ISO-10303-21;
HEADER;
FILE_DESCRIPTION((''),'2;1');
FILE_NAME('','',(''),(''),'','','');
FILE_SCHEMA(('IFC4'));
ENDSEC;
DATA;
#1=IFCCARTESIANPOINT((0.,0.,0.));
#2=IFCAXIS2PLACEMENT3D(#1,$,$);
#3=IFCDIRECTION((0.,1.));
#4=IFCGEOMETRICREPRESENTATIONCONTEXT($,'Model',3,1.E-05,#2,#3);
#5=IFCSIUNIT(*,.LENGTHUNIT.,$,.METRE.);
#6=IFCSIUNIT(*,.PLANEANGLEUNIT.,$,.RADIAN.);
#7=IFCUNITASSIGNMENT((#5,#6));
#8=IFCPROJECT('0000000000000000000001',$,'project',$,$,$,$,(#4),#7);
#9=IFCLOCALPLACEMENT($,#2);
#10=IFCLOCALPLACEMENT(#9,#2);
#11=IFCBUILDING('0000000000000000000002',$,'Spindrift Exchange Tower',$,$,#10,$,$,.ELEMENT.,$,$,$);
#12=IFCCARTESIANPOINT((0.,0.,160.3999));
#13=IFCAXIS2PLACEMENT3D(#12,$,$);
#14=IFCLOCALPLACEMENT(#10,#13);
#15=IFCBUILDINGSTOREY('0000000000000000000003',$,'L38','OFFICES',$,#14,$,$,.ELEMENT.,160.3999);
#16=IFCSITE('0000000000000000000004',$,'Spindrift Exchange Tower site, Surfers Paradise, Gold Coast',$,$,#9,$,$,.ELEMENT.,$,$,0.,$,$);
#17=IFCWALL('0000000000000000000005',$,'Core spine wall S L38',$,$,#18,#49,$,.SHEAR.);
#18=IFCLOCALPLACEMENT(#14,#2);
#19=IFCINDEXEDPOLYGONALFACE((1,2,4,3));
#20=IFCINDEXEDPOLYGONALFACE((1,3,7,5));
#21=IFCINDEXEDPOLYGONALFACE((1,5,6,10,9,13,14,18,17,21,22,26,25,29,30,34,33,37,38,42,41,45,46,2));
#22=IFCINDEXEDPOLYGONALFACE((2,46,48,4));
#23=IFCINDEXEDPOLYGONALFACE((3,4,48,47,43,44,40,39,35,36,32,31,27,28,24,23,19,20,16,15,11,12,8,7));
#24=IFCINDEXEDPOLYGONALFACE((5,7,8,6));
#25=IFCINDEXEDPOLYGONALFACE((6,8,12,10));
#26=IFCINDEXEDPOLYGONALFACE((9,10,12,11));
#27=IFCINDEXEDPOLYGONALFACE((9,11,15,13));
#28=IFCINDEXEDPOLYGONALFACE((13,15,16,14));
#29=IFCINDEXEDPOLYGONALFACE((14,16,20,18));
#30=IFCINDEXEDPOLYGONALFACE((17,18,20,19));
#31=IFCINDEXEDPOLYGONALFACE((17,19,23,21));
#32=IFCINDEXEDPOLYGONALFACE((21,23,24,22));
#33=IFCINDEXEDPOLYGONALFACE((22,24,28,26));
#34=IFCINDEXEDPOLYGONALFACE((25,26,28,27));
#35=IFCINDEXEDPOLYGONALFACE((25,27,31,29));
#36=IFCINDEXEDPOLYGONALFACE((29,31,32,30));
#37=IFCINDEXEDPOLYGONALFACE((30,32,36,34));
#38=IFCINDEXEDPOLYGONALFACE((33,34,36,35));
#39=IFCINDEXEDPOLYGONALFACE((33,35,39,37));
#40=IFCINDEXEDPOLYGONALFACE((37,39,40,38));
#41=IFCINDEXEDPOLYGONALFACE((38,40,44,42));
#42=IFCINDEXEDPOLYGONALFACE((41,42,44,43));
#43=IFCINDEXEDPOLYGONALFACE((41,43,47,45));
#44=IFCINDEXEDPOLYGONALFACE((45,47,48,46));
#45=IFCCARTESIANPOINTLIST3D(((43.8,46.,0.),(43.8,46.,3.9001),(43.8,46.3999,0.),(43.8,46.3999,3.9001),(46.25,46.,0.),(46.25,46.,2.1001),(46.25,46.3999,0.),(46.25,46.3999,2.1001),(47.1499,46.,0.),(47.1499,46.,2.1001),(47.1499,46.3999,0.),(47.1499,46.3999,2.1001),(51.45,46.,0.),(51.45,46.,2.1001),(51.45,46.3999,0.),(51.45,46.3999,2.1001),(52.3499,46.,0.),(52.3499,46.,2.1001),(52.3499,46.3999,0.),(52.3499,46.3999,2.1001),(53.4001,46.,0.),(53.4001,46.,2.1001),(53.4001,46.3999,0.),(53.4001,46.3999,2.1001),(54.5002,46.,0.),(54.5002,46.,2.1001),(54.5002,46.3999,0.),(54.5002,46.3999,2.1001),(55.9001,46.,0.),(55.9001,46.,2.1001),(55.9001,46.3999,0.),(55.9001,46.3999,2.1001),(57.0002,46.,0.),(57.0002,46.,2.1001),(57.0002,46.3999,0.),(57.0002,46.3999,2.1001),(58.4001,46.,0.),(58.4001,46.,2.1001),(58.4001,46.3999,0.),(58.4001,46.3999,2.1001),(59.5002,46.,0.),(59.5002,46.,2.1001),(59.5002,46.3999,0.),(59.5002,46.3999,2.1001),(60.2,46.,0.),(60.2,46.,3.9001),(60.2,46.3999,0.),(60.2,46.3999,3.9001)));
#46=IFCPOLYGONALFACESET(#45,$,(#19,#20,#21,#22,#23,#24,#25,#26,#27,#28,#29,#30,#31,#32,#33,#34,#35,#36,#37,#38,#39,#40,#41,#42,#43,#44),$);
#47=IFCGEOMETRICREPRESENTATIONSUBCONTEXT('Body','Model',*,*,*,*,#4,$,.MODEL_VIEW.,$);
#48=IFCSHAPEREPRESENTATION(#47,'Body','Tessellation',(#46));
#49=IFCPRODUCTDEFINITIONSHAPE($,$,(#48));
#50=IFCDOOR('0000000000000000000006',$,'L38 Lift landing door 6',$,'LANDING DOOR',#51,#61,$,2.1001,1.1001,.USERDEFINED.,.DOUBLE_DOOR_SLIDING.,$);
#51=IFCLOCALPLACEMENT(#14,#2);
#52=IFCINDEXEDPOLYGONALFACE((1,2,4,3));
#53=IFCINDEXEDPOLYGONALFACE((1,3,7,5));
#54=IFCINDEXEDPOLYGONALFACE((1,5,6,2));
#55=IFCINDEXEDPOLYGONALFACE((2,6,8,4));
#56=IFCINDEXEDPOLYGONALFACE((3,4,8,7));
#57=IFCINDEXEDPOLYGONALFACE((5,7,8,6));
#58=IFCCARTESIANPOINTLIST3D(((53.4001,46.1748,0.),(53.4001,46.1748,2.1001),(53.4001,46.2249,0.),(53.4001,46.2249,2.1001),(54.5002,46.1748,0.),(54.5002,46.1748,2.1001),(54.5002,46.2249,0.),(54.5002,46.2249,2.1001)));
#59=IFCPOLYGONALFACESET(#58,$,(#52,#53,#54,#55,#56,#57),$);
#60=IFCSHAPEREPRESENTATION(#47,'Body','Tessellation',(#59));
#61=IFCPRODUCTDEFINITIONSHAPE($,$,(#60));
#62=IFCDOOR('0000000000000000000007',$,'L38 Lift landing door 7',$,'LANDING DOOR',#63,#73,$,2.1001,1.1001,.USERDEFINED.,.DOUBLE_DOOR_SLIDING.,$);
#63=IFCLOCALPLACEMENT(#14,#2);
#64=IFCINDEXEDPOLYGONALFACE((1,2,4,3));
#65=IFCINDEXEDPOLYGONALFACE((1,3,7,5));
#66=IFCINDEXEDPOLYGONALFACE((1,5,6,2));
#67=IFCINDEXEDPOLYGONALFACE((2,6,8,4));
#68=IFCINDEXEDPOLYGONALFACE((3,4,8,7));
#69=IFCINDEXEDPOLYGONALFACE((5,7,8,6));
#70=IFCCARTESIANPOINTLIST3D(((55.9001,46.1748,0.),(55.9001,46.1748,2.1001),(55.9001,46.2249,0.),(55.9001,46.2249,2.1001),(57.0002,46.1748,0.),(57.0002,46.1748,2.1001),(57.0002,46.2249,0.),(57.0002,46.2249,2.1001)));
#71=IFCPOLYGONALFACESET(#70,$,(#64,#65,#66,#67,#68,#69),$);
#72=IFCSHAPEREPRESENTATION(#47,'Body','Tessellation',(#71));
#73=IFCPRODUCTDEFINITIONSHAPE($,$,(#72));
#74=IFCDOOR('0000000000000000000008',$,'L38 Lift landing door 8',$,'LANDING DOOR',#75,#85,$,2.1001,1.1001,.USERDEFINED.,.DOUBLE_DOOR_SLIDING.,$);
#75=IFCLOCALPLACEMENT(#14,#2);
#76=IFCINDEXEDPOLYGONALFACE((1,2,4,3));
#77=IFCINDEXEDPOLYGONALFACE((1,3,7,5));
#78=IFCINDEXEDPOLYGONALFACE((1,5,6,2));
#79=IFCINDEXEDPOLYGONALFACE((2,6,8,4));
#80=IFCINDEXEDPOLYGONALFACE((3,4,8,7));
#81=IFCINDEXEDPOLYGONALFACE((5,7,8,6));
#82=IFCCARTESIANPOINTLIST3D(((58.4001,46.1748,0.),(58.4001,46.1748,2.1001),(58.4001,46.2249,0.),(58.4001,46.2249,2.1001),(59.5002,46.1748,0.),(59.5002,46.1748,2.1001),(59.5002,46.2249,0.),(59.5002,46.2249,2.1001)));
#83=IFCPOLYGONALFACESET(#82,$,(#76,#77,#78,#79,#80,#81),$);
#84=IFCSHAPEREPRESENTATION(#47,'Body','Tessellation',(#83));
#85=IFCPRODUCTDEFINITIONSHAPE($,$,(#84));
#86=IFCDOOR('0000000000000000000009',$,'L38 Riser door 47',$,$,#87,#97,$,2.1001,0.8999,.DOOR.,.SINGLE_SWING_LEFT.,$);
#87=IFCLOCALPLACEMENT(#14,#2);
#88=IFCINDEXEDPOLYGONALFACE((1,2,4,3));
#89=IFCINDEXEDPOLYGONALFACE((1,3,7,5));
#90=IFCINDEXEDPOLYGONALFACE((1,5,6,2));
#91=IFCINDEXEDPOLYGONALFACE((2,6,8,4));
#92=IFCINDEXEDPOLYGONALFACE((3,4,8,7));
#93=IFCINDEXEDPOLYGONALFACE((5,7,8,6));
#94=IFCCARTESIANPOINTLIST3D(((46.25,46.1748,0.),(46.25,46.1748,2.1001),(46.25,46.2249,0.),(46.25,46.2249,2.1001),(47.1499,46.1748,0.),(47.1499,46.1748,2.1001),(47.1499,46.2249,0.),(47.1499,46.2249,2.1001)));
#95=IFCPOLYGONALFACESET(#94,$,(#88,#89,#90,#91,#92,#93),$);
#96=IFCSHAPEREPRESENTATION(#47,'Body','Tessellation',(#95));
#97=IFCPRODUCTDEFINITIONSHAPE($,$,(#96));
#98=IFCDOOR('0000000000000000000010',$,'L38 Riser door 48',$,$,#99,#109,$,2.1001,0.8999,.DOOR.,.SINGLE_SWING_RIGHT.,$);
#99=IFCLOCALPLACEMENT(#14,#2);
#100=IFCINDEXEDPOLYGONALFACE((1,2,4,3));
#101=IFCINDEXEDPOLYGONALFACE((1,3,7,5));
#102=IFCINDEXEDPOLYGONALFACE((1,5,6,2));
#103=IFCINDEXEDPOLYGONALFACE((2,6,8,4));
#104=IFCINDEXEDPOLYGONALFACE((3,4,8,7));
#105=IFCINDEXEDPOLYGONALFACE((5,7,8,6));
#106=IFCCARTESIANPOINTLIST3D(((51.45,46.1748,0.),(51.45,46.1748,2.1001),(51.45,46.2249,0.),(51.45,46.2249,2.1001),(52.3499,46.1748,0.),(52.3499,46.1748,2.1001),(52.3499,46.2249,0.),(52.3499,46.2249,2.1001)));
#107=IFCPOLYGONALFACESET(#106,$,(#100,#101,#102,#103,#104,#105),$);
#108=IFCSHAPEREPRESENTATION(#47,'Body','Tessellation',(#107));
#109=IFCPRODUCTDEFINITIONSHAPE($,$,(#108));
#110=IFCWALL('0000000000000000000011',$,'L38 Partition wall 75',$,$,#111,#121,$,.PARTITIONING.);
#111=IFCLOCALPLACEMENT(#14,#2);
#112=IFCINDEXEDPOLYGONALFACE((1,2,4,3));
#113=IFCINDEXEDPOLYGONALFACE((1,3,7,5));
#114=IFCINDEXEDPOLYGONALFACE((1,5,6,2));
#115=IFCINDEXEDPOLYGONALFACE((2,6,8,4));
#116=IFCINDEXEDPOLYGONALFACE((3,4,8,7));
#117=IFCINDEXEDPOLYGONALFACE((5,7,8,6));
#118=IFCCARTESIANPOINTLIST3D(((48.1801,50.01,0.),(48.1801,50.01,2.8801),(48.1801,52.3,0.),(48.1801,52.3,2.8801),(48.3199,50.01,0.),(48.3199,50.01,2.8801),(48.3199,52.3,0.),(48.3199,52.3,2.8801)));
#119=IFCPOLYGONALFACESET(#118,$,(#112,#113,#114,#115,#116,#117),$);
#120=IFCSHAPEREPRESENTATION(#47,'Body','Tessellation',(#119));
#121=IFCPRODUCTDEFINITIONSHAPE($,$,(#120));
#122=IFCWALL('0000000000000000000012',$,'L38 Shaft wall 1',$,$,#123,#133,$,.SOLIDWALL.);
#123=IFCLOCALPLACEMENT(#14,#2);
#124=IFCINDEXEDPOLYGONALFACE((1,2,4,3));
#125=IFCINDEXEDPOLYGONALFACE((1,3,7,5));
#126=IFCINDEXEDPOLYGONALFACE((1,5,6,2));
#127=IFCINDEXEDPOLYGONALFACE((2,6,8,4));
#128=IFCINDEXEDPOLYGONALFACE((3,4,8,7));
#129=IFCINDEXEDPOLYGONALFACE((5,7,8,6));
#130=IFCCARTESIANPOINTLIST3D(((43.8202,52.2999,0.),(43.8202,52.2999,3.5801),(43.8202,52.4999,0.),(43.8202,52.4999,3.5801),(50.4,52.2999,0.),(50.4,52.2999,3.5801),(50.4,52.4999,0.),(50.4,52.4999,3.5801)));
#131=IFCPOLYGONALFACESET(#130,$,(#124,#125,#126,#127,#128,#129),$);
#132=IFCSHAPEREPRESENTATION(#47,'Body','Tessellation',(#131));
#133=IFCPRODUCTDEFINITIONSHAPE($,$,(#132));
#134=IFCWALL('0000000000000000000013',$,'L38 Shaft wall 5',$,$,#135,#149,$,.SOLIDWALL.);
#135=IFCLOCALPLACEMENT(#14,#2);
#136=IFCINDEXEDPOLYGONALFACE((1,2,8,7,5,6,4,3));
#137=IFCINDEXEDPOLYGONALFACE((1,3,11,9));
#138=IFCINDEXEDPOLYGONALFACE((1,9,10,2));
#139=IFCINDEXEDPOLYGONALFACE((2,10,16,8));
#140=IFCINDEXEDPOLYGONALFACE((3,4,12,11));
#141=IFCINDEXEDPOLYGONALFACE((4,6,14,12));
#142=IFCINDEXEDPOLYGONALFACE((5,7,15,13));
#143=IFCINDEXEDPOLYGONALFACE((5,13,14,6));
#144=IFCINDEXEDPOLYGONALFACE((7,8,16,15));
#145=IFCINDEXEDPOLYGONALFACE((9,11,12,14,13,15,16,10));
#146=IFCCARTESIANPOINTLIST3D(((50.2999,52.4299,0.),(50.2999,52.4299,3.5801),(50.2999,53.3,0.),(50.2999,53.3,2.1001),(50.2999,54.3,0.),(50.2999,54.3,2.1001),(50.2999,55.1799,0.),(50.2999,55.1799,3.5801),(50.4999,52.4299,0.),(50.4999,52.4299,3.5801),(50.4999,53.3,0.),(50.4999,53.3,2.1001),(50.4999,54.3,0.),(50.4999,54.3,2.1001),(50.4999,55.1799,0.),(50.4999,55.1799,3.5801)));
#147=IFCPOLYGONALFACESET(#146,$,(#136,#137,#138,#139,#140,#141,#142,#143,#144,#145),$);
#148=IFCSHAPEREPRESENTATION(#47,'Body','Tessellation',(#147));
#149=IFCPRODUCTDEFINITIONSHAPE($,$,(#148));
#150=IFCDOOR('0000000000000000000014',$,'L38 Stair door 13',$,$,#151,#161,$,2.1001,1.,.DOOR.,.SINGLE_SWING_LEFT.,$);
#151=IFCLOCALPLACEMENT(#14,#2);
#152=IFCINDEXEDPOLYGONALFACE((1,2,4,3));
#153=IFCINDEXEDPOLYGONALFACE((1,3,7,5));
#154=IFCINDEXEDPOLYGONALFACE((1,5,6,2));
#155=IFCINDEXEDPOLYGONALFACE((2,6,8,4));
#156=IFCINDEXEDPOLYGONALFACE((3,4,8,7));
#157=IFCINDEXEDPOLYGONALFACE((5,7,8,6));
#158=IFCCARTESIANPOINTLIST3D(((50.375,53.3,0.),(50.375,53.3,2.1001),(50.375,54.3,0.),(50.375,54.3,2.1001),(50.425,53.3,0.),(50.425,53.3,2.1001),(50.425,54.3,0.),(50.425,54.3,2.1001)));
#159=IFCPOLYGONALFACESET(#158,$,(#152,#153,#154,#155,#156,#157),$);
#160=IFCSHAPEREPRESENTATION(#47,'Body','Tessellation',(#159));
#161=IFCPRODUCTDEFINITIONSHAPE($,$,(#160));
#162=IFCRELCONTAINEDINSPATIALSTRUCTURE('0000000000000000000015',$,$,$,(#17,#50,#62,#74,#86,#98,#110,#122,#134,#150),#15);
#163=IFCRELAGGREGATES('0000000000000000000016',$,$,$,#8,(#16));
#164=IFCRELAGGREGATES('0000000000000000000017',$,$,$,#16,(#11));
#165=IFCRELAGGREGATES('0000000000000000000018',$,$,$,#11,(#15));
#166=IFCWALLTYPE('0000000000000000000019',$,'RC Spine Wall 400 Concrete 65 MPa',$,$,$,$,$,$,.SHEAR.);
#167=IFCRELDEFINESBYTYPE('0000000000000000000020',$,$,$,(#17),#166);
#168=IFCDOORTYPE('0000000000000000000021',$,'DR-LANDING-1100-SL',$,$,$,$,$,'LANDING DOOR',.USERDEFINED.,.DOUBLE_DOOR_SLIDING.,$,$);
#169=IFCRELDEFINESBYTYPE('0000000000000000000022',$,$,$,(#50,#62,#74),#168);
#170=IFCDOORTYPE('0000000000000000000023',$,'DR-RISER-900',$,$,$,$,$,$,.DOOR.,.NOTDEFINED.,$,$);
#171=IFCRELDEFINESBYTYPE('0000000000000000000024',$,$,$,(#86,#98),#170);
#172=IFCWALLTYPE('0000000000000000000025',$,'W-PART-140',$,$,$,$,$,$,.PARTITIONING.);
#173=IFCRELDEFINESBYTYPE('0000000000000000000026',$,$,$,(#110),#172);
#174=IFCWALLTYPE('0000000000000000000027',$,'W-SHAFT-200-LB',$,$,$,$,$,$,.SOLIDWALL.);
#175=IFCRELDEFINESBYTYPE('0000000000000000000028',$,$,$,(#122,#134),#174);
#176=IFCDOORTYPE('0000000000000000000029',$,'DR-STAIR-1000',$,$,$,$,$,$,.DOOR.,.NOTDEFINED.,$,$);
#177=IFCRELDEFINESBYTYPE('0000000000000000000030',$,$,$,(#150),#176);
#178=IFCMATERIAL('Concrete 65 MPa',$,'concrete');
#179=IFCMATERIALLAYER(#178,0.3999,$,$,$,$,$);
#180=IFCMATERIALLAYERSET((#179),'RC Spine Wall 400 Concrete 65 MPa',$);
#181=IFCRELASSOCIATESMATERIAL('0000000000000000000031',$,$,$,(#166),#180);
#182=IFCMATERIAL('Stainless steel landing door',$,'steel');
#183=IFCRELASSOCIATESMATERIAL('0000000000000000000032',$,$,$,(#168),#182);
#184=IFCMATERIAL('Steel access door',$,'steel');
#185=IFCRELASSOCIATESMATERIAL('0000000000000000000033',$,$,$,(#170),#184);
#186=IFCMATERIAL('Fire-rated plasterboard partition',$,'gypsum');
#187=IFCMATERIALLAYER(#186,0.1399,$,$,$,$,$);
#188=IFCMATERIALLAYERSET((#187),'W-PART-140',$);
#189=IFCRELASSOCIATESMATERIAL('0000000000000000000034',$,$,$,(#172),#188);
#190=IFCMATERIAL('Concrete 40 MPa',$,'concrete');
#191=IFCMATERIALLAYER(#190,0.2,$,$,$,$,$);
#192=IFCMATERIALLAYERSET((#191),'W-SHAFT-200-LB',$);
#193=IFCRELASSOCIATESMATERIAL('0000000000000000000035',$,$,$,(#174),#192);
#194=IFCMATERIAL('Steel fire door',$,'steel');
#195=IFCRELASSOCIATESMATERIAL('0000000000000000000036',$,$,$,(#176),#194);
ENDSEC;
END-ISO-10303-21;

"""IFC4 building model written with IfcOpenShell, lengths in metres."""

from ifc_helpers import new_model, si_unit, direction, frame, frame_2d, origin, place, context, subcontext, project, spatial, rectangle, extrude, source, transform, mapped, material, layer, layer_set, type_object, element, fill, save


model = new_model("IFC4")

# Units and contexts
model_context = context("Model", 3, precision=1e-05, world=origin(), true_north=direction((0.0, 1.0)))
body_context = subcontext(model_context, "Body", "Model", "MODEL_VIEW")
ifc_project = project(units=[si_unit("LENGTHUNIT", "METRE"), si_unit("PLANEANGLEUNIT", "RADIAN")], contexts=[model_context])

# Site, building, storey
site_placement = place(None, origin())
site = spatial("IfcSite", under=ifc_project, at=site_placement, Name="Spindrift Exchange Tower site, Surfers Paradise, Gold Coast", CompositionType="ELEMENT", RefElevation=0.0)
building_placement = place(site_placement, origin())
building = spatial("IfcBuilding", under=site, at=building_placement, Name="Spindrift Exchange Tower", CompositionType="ELEMENT")
storey_placement = place(building_placement, frame((0.0, 0.0, 160.3999)))
storey = spatial("IfcBuildingStorey", under=building, at=storey_placement, Name="L38", Description="OFFICES", CompositionType="ELEMENT", Elevation=160.3999)

# Wall, openings, doors
ifc_material_1 = material(Name="Concrete 65 MPa", Category="concrete")
ifc_layer_1 = layer(ifc_material_1, 0.3999)
ifc_layer_set_1 = layer_set([ifc_layer_1], Name="RC Spine Wall 400 Concrete 65 MPa")
wall_type_1 = type_object("IfcWallType", Name="RC Spine Wall 400 Concrete 65 MPa", PredefinedType="SHEAR", material=ifc_layer_set_1)
ifc_material_2 = material(Name="Stainless steel landing door", Category="steel")
door_type_1 = type_object("IfcDoorType", Name="DR-LANDING-1100-SL", ElementType="LANDING DOOR", OperationType="DOUBLE_DOOR_SLIDING", PredefinedType="USERDEFINED", material=ifc_material_2)
shared_shape_1 = source(origin(), body_context, "Body", "SweptSolid", [
    extrude(rectangle(XDim=1.1001, YDim=2.1001, at=frame_2d((0.55, 1.05))), frame((0.0, 0.0249, 0.0), z_axis=(0.0, -1.0, 0.0), x_axis=(1.0, 0.0, 0.0)), (0.0, 0.0, 1.0), 0.05),
])
ifc_material_3 = material(Name="Steel access door", Category="steel")
door_type_2 = type_object("IfcDoorType", Name="DR-RISER-900", OperationType="NOTDEFINED", PredefinedType="DOOR", material=ifc_material_3)
shared_shape_2 = source(origin(), body_context, "Body", "SweptSolid", [
    extrude(rectangle(XDim=0.8999, YDim=2.1001, at=frame_2d((0.45, 1.05))), frame((0.0, 0.0249, 0.0), z_axis=(0.0, -1.0, 0.0), x_axis=(1.0, 0.0, 0.0)), (0.0, 0.0, 1.0), 0.05),
])
wall_1_placement = place(storey_placement, frame((43.8, 46.2, 0.0), z_axis=(0.0, 0.0, 1.0), x_axis=(1.0, 0.0, 0.0)))
wall_1 = element("IfcWall", 1, at=wall_1_placement, inside=storey, type_object=wall_type_1, Name="Core spine wall S L38", PredefinedType="SHEAR", context=body_context, shape_type="SweptSolid", body=[
    extrude(rectangle(XDim=16.3999, YDim=0.3999, at=frame_2d((8.2, 0.0))), origin(), (0.0, 0.0, 1.0), 3.9001),
])
opening_1_placement = place(wall_1_placement, frame((9.6001, 0.0, 0.0)))
opening_1 = element("IfcOpeningElement", 2, at=opening_1_placement, cuts=wall_1, PredefinedType="OPENING", context=body_context, shape_type="SweptSolid", body=[
    extrude(rectangle(XDim=1.1001, YDim=2.1001, at=frame_2d((0.55, 1.05))), frame((0.0, 0.21, 0.0), z_axis=(0.0, -1.0, 0.0), x_axis=(1.0, 0.0, 0.0)), (0.0, 0.0, 1.0), 0.4199),
])
opening_2_placement = place(wall_1_placement, frame((12.1001, 0.0, 0.0)))
opening_2 = element("IfcOpeningElement", 3, at=opening_2_placement, cuts=wall_1, PredefinedType="OPENING", context=body_context, shape_type="SweptSolid", body=[
    extrude(rectangle(XDim=1.1001, YDim=2.1001, at=frame_2d((0.55, 1.05))), frame((0.0, 0.21, 0.0), z_axis=(0.0, -1.0, 0.0), x_axis=(1.0, 0.0, 0.0)), (0.0, 0.0, 1.0), 0.4199),
])
opening_3_placement = place(wall_1_placement, frame((14.6001, 0.0, 0.0)))
opening_3 = element("IfcOpeningElement", 4, at=opening_3_placement, cuts=wall_1, PredefinedType="OPENING", context=body_context, shape_type="SweptSolid", body=[
    extrude(rectangle(XDim=1.1001, YDim=2.1001, at=frame_2d((0.55, 1.05))), frame((0.0, 0.21, 0.0), z_axis=(0.0, -1.0, 0.0), x_axis=(1.0, 0.0, 0.0)), (0.0, 0.0, 1.0), 0.4199),
])
opening_4_placement = place(wall_1_placement, frame((2.45, 0.0, 0.0)))
opening_4 = element("IfcOpeningElement", 5, at=opening_4_placement, cuts=wall_1, PredefinedType="OPENING", context=body_context, shape_type="SweptSolid", body=[
    extrude(rectangle(XDim=0.8999, YDim=2.1001, at=frame_2d((0.45, 1.05))), frame((0.0, 0.21, 0.0), z_axis=(0.0, -1.0, 0.0), x_axis=(1.0, 0.0, 0.0)), (0.0, 0.0, 1.0), 0.4199),
])
opening_5_placement = place(wall_1_placement, frame((7.6499, 0.0, 0.0)))
opening_5 = element("IfcOpeningElement", 6, at=opening_5_placement, cuts=wall_1, PredefinedType="OPENING", context=body_context, shape_type="SweptSolid", body=[
    extrude(rectangle(XDim=0.8999, YDim=2.1001, at=frame_2d((0.45, 1.05))), frame((0.0, 0.21, 0.0), z_axis=(0.0, -1.0, 0.0), x_axis=(1.0, 0.0, 0.0)), (0.0, 0.0, 1.0), 0.4199),
])
door_1_placement = place(opening_1_placement, origin())
door_1 = element("IfcDoor", 7, at=door_1_placement, inside=storey, type_object=door_type_1, Name="L38 Lift landing door 6", ObjectType="LANDING DOOR", OperationType="DOUBLE_DOOR_SLIDING", OverallHeight=2.1001, OverallWidth=1.1001, PredefinedType="USERDEFINED", context=body_context, shape_type="MappedRepresentation", body=[
    mapped(shared_shape_1, transform((0.0, 0.0, 0.0), scale=1.0)),
])
fill(opening_1, door_1)
door_2_placement = place(opening_2_placement, origin())
door_2 = element("IfcDoor", 8, at=door_2_placement, inside=storey, type_object=door_type_1, Name="L38 Lift landing door 7", ObjectType="LANDING DOOR", OperationType="DOUBLE_DOOR_SLIDING", OverallHeight=2.1001, OverallWidth=1.1001, PredefinedType="USERDEFINED", context=body_context, shape_type="MappedRepresentation", body=[
    mapped(shared_shape_1, transform((0.0, 0.0, 0.0), scale=1.0)),
])
fill(opening_2, door_2)
door_3_placement = place(opening_3_placement, origin())
door_3 = element("IfcDoor", 9, at=door_3_placement, inside=storey, type_object=door_type_1, Name="L38 Lift landing door 8", ObjectType="LANDING DOOR", OperationType="DOUBLE_DOOR_SLIDING", OverallHeight=2.1001, OverallWidth=1.1001, PredefinedType="USERDEFINED", context=body_context, shape_type="MappedRepresentation", body=[
    mapped(shared_shape_1, transform((0.0, 0.0, 0.0), scale=1.0)),
])
fill(opening_3, door_3)
door_4_placement = place(opening_4_placement, origin())
door_4 = element("IfcDoor", 10, at=door_4_placement, inside=storey, type_object=door_type_2, Name="L38 Riser door 47", OperationType="SINGLE_SWING_LEFT", OverallHeight=2.1001, OverallWidth=0.8999, PredefinedType="DOOR", context=body_context, shape_type="MappedRepresentation", body=[
    mapped(shared_shape_2, transform((0.0, 0.0, 0.0), scale=1.0)),
])
fill(opening_4, door_4)
door_5_placement = place(opening_5_placement, origin())
door_5 = element("IfcDoor", 11, at=door_5_placement, inside=storey, type_object=door_type_2, Name="L38 Riser door 48", OperationType="SINGLE_SWING_RIGHT", OverallHeight=2.1001, OverallWidth=0.8999, PredefinedType="DOOR", context=body_context, shape_type="MappedRepresentation", body=[
    mapped(shared_shape_2, transform((0.0, 0.0, 0.0), scale=1.0)),
])
fill(opening_5, door_5)

# Walls
ifc_material_4 = material(Name="Fire-rated plasterboard partition", Category="gypsum")
ifc_layer_2 = layer(ifc_material_4, 0.1399)
ifc_layer_set_2 = layer_set([ifc_layer_2], Name="W-PART-140")
wall_type_2 = type_object("IfcWallType", Name="W-PART-140", PredefinedType="PARTITIONING", material=ifc_layer_set_2)
wall_2_placement = place(storey_placement, frame((48.25, 50.01, 0.0), z_axis=(0.0, 0.0, 1.0), x_axis=(0.0, 1.0, 0.0)))
element("IfcWall", 12, at=wall_2_placement, inside=storey, type_object=wall_type_2, Name="L38 Partition wall 75", PredefinedType="PARTITIONING", context=body_context, shape_type="SweptSolid", body=[
    extrude(rectangle(XDim=2.29, YDim=0.1399, at=frame_2d((1.145, 0.0))), origin(), (0.0, 0.0, 1.0), 2.8801),
])
ifc_material_5 = material(Name="Concrete 40 MPa", Category="concrete")
ifc_layer_3 = layer(ifc_material_5, 0.2)
ifc_layer_set_3 = layer_set([ifc_layer_3], Name="W-SHAFT-200-LB")
wall_type_3 = type_object("IfcWallType", Name="W-SHAFT-200-LB", PredefinedType="SOLIDWALL", material=ifc_layer_set_3)
wall_3_placement = place(storey_placement, frame((43.8201, 52.3999, 0.0), z_axis=(0.0, 0.0, 1.0), x_axis=(1.0, 0.0, 0.0)))
element("IfcWall", 13, at=wall_3_placement, inside=storey, type_object=wall_type_3, Name="L38 Shaft wall 1", PredefinedType="SOLIDWALL", context=body_context, shape_type="SweptSolid", body=[
    extrude(rectangle(XDim=6.5798, YDim=0.2, at=frame_2d((3.29, 0.0))), origin(), (0.0, 0.0, 1.0), 3.5801),
])

# Wall, opening, door
wall_4_placement = place(storey_placement, frame((50.3999, 52.4299, 0.0), z_axis=(0.0, 0.0, 1.0), x_axis=(0.0, 1.0, 0.0)))
wall_4 = element("IfcWall", 14, at=wall_4_placement, inside=storey, type_object=wall_type_3, Name="L38 Shaft wall 5", PredefinedType="SOLIDWALL", context=body_context, shape_type="SweptSolid", body=[
    extrude(rectangle(XDim=2.75, YDim=0.2, at=frame_2d((1.375, 0.0))), origin(), (0.0, 0.0, 1.0), 3.5801),
])
opening_6_placement = place(wall_4_placement, frame((0.8701, 0.0, 0.0)))
opening_6 = element("IfcOpeningElement", 15, at=opening_6_placement, cuts=wall_4, PredefinedType="OPENING", context=body_context, shape_type="SweptSolid", body=[
    extrude(rectangle(XDim=1.0, YDim=2.1001, at=frame_2d((0.5, 1.05))), frame((0.0, 0.1099, 0.0), z_axis=(0.0, -1.0, 0.0), x_axis=(1.0, 0.0, 0.0)), (0.0, 0.0, 1.0), 0.22),
])
ifc_material_6 = material(Name="Steel fire door", Category="steel")
door_type_3 = type_object("IfcDoorType", Name="DR-STAIR-1000", OperationType="NOTDEFINED", PredefinedType="DOOR", material=ifc_material_6)
shared_shape_3 = source(origin(), body_context, "Body", "SweptSolid", [
    extrude(rectangle(XDim=1.0, YDim=2.1001, at=frame_2d((0.5, 1.05))), frame((0.0, 0.0249, 0.0), z_axis=(0.0, -1.0, 0.0), x_axis=(1.0, 0.0, 0.0)), (0.0, 0.0, 1.0), 0.05),
])
door_6_placement = place(opening_6_placement, origin())
door_6 = element("IfcDoor", 16, at=door_6_placement, inside=storey, type_object=door_type_3, Name="L38 Stair door 13", OperationType="SINGLE_SWING_LEFT", OverallHeight=2.1001, OverallWidth=1.0, PredefinedType="DOOR", context=body_context, shape_type="MappedRepresentation", body=[
    mapped(shared_shape_3, transform((0.0, 0.0, 0.0), scale=1.0)),
])
fill(opening_6, door_6)

save(model, "model.ifc")
